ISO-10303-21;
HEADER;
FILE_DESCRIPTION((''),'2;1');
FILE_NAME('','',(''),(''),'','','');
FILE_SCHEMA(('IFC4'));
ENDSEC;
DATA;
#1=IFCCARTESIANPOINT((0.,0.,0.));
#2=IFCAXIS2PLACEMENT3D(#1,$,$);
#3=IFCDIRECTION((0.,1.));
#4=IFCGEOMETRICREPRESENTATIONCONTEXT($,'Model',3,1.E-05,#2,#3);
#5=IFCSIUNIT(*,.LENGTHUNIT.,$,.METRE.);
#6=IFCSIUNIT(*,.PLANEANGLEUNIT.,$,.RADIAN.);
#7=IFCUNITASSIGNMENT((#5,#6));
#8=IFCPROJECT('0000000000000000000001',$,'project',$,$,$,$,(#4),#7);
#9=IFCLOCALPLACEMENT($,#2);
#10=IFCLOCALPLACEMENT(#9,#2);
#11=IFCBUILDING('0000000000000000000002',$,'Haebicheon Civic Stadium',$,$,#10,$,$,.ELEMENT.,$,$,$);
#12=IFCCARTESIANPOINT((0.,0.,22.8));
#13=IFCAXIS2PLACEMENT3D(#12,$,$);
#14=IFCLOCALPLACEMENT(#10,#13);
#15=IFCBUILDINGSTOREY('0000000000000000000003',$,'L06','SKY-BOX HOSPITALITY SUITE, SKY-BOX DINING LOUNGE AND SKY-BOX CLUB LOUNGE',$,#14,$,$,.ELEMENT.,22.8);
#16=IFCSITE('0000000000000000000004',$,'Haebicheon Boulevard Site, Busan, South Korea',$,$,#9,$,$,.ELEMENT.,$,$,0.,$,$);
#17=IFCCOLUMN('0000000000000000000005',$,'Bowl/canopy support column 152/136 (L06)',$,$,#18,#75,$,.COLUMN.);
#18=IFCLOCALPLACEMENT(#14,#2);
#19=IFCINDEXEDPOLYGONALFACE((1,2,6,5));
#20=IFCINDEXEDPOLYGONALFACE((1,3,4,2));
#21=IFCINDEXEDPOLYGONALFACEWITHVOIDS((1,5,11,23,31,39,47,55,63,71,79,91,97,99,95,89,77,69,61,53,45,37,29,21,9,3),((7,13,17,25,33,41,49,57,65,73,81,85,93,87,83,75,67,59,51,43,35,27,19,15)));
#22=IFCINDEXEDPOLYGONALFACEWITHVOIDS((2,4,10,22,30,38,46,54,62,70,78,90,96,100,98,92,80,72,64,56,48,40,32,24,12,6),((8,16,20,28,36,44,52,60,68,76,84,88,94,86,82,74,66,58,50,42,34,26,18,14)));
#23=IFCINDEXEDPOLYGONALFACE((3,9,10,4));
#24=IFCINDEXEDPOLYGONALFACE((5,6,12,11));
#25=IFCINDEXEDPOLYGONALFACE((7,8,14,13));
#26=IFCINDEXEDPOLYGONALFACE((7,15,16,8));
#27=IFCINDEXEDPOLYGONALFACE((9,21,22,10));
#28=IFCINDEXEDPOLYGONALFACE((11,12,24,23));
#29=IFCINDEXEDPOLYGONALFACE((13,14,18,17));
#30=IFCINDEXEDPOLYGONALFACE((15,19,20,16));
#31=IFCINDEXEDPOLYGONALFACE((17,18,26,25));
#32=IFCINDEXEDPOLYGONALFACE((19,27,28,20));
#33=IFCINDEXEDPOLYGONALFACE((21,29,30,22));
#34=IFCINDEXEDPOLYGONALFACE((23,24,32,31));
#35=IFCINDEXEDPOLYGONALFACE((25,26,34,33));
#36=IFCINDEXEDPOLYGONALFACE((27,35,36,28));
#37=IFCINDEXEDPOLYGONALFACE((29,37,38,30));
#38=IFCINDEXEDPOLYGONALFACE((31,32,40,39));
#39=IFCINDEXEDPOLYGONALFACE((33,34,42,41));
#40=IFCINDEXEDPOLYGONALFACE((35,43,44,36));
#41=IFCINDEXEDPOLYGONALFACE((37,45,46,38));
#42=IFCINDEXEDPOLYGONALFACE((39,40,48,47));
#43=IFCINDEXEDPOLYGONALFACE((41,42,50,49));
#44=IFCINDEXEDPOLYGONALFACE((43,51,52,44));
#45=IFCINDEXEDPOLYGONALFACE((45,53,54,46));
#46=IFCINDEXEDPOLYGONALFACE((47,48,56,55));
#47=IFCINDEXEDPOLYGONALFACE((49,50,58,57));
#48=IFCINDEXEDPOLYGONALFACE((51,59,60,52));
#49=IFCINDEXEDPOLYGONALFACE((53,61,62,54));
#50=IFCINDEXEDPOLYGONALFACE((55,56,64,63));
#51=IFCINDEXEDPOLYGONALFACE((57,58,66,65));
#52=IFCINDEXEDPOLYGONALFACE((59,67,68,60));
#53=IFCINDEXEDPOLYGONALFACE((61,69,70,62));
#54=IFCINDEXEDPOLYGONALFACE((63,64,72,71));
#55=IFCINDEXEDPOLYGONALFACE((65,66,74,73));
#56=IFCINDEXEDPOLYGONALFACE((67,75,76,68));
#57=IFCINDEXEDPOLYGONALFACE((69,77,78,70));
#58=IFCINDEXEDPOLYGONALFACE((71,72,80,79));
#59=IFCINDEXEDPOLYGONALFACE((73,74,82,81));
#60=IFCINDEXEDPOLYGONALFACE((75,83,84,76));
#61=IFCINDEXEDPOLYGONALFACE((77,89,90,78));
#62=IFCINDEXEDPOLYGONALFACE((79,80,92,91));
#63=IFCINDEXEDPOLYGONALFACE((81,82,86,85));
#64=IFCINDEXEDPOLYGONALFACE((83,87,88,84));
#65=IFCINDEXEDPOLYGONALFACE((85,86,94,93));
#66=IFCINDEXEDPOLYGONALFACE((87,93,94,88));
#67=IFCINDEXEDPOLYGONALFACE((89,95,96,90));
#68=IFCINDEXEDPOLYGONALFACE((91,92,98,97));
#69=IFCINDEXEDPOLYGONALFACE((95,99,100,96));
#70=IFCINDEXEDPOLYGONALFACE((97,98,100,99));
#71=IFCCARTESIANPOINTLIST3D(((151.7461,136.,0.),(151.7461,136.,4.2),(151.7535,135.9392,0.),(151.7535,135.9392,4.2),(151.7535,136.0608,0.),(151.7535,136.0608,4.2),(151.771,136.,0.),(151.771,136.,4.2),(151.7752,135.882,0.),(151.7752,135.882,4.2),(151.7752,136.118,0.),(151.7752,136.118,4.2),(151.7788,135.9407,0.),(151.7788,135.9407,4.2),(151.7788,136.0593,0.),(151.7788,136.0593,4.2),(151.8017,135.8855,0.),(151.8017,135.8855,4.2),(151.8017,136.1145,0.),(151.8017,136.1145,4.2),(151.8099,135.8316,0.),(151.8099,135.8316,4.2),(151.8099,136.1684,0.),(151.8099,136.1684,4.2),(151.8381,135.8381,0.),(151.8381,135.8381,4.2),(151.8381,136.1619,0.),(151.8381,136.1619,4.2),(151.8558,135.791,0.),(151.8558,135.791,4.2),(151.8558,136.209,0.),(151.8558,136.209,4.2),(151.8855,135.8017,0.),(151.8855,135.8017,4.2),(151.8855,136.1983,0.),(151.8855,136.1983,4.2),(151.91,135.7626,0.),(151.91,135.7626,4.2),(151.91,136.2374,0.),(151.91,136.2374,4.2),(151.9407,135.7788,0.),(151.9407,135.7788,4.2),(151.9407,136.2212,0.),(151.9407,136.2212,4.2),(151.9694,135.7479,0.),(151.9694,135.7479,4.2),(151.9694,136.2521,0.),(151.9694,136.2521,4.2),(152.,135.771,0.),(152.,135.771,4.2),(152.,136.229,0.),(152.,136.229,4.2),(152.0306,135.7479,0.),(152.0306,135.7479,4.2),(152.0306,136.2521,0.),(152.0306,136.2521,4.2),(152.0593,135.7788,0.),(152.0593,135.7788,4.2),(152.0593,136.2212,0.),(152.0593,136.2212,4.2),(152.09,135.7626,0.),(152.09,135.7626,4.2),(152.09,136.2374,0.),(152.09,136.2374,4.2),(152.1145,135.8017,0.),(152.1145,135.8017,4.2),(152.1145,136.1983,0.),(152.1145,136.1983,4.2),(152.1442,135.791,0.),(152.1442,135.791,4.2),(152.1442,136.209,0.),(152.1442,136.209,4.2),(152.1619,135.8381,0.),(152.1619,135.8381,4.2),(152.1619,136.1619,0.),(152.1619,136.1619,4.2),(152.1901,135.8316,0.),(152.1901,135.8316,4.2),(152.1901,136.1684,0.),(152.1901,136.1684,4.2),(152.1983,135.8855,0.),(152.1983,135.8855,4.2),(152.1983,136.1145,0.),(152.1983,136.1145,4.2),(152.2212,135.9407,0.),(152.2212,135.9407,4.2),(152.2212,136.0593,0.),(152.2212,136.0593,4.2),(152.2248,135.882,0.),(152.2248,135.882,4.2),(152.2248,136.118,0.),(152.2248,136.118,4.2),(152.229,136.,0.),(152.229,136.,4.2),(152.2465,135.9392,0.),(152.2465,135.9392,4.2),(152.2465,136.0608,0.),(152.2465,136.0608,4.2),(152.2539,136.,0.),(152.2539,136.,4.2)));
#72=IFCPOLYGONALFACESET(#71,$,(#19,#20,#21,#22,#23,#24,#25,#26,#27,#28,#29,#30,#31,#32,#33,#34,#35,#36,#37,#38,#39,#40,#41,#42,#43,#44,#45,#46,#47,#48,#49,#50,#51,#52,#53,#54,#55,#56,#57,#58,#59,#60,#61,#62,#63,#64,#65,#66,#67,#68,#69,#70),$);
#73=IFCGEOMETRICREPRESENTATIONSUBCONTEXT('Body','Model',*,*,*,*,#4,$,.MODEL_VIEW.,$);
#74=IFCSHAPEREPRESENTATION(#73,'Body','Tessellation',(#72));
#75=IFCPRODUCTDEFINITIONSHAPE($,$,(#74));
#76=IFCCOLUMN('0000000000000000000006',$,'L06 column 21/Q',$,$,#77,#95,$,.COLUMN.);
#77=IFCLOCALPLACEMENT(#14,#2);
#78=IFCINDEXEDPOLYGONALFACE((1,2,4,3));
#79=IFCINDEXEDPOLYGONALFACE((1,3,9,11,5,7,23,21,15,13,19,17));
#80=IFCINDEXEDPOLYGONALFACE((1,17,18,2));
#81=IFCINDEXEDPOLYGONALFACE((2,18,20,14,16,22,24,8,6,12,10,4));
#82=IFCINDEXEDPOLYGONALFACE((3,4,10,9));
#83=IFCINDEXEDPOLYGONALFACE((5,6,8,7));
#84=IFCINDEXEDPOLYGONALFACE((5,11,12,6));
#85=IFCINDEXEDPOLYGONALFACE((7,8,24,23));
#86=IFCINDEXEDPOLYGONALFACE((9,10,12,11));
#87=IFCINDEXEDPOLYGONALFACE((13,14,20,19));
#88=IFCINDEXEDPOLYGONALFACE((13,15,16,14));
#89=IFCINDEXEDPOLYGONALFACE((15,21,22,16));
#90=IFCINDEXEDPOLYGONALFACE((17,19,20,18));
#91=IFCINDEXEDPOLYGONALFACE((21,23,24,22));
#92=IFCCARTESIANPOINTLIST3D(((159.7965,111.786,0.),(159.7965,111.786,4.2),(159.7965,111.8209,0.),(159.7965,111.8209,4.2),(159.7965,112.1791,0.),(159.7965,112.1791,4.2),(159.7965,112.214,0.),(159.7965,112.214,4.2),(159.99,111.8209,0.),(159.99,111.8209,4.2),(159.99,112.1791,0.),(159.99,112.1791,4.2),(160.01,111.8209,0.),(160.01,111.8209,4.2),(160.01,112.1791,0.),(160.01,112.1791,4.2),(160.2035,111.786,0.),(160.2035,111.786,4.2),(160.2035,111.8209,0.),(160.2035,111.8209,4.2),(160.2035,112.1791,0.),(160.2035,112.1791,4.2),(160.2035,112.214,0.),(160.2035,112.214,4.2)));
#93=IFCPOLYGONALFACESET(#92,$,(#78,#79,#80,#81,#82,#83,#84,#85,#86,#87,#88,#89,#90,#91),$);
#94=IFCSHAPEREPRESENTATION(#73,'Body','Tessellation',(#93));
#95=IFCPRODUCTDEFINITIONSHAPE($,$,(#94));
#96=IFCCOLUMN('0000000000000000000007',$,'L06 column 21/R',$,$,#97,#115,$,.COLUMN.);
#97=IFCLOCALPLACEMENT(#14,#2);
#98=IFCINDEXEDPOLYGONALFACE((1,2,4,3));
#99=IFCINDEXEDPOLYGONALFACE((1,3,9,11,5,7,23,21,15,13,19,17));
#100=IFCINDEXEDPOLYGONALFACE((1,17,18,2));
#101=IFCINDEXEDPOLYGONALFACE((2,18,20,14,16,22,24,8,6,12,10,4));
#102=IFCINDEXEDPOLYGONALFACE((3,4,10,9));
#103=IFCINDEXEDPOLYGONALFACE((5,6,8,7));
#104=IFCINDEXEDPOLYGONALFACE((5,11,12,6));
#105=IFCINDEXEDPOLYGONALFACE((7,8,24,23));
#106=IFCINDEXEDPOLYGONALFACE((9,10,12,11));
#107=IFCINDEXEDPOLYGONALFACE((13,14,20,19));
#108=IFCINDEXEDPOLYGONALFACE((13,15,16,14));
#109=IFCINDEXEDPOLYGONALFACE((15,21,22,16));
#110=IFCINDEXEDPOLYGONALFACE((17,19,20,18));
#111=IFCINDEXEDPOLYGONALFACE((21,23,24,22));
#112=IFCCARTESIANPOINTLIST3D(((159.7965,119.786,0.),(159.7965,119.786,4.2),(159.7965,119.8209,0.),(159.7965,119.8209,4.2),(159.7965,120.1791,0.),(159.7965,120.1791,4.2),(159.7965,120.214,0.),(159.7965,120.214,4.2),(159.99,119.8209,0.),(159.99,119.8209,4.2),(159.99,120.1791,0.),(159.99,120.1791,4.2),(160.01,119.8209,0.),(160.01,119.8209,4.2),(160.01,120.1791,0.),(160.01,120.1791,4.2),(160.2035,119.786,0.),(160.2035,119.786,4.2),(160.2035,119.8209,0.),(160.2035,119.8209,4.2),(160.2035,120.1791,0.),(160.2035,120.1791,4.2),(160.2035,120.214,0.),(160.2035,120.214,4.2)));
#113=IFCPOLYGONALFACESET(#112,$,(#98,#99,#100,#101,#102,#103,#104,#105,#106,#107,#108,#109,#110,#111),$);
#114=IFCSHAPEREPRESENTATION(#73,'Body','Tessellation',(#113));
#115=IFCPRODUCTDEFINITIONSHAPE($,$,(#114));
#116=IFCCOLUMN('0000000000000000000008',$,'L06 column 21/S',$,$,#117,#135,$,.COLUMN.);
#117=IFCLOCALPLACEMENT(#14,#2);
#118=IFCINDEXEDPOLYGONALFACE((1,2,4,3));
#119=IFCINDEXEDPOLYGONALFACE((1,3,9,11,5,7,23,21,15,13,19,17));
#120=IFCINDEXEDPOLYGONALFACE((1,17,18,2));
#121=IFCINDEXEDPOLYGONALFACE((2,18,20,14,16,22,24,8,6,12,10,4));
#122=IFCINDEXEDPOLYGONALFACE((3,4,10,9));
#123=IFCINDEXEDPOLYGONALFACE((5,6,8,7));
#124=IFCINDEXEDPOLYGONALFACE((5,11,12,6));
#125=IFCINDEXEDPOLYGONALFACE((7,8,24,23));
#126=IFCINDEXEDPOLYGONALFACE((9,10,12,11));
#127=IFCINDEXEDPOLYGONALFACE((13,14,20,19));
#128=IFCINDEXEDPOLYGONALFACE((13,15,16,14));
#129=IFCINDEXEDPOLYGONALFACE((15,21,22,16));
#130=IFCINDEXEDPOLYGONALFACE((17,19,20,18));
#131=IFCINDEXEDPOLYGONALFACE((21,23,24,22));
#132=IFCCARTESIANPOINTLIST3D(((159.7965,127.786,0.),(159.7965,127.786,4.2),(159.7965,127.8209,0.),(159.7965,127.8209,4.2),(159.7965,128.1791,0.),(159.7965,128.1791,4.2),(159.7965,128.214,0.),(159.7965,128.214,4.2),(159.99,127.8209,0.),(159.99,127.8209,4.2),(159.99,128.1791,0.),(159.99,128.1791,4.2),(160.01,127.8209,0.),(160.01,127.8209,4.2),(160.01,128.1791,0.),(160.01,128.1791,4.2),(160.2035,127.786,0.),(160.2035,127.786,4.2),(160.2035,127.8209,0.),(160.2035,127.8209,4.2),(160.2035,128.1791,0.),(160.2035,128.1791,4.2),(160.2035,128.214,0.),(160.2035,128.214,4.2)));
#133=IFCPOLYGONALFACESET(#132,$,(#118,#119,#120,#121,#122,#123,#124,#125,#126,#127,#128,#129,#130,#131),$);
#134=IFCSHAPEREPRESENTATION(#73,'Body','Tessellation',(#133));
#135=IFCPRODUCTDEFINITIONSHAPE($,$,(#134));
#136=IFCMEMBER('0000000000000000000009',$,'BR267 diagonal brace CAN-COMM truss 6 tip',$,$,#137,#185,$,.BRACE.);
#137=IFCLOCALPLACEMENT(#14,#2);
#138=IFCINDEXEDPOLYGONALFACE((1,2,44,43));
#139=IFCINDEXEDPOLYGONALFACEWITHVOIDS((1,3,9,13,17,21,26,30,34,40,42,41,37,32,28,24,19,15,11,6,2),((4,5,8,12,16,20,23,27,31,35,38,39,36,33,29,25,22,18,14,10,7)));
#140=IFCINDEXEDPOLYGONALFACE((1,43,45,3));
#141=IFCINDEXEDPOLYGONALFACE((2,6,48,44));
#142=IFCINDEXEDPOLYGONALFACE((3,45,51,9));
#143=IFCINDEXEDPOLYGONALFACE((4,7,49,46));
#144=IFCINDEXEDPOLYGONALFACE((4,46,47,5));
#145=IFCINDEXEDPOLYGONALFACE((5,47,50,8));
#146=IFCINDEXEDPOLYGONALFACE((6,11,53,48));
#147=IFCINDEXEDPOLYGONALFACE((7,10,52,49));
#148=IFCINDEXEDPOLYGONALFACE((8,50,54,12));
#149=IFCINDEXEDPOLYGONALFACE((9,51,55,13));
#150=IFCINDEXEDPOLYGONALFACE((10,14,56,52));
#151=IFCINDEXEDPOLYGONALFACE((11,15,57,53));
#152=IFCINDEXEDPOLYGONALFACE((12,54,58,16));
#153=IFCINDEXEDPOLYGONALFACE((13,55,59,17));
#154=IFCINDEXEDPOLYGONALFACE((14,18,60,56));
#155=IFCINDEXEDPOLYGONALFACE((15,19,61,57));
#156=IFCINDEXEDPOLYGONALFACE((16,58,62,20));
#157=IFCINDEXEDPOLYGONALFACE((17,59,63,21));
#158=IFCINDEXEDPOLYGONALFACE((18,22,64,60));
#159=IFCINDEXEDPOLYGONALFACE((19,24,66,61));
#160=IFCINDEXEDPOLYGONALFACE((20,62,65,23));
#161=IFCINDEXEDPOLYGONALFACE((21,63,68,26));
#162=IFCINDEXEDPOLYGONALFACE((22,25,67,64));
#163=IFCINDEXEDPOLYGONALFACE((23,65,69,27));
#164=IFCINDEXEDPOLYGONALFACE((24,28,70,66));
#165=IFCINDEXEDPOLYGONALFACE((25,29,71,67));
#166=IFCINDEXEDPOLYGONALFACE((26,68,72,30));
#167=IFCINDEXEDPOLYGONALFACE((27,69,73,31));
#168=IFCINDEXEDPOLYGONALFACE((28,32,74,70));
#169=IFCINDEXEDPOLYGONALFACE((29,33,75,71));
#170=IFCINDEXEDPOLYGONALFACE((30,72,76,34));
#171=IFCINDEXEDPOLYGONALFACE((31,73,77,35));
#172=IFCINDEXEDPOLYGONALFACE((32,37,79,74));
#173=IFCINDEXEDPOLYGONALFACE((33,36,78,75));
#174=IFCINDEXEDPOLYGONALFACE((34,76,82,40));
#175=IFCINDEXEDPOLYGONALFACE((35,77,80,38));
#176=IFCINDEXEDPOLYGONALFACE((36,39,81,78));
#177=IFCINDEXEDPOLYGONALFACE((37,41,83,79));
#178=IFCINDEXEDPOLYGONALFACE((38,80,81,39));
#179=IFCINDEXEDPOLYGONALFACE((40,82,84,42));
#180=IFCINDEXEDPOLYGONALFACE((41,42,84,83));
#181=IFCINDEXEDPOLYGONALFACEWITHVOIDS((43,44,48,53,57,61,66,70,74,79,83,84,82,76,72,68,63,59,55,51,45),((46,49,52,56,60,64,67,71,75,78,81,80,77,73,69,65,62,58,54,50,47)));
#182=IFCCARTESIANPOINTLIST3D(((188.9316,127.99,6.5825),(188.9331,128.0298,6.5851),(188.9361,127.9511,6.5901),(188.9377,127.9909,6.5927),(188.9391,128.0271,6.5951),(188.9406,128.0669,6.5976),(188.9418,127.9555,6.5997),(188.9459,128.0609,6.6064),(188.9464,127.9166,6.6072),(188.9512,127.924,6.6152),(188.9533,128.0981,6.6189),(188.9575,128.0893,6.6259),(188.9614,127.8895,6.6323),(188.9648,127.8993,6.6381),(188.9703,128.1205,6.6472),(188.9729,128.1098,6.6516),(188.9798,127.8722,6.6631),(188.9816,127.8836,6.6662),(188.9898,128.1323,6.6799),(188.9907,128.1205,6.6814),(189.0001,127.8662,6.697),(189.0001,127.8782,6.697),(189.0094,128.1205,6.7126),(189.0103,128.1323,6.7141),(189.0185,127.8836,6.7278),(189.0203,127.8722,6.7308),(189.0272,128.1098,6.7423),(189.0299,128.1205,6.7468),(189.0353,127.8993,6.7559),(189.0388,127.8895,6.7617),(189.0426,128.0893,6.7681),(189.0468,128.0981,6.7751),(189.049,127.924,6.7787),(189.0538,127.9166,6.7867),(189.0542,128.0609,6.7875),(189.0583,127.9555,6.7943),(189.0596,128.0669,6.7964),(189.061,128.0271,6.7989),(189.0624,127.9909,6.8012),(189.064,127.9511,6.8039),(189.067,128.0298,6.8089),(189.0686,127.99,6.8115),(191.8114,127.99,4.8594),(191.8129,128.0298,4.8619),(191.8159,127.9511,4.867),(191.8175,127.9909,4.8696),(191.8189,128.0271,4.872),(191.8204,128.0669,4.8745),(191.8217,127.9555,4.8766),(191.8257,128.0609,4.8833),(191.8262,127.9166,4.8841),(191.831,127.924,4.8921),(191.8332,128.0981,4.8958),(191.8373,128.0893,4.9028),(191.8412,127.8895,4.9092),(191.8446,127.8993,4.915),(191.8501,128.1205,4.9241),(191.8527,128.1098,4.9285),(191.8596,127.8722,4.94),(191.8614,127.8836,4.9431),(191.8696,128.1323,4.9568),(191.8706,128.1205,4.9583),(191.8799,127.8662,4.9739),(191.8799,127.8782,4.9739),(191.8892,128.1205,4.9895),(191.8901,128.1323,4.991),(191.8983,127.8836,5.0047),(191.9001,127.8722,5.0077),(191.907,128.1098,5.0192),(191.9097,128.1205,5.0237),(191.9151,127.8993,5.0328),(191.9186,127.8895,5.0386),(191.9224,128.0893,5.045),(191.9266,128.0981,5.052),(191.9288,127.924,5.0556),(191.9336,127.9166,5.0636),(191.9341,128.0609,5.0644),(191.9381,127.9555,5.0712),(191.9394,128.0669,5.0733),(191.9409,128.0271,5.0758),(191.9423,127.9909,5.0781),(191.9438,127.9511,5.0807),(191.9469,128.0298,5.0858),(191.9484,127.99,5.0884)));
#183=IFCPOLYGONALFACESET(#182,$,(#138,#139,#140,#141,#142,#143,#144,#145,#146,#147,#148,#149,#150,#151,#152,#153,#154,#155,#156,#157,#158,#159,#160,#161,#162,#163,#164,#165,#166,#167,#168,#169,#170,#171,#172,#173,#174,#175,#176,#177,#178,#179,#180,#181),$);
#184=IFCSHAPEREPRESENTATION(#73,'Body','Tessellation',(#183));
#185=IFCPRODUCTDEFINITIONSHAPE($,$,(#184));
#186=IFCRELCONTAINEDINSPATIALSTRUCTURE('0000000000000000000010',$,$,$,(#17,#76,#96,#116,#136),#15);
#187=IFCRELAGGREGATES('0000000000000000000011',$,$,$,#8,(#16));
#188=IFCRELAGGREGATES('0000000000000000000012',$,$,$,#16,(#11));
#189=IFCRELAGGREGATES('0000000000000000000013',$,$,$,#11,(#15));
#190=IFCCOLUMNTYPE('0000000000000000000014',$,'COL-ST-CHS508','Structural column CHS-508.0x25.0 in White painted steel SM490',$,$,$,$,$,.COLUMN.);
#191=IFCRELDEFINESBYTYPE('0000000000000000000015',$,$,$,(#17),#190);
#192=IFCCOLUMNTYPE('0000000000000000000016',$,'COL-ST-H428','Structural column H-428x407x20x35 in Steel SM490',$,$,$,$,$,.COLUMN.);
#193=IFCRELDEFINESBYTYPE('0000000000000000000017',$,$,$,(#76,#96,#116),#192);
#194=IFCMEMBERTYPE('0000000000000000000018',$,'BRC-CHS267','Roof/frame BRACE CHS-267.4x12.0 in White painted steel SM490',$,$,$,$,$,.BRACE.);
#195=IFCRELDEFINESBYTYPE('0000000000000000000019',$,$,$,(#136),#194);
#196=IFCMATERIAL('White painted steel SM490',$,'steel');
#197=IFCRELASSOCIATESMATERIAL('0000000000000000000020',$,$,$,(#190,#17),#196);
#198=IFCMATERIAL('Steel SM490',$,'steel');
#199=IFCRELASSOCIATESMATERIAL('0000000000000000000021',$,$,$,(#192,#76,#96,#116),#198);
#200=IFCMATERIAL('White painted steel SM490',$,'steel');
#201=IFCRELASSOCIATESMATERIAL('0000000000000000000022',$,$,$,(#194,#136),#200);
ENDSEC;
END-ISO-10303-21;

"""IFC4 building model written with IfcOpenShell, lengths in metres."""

from ifc_helpers import new_model, si_unit, direction, frame, origin, origin_2d, place, context, subcontext, project, spatial, hollow_circle, i_section, extrude, material, material_profile, profile_set, type_object, element, save


model = new_model("IFC4")

# Units and contexts
model_context = context("Model", 3, precision=1e-05, world=origin(), true_north=direction((0.0, 1.0)))
body_context = subcontext(model_context, "Body", "Model", "MODEL_VIEW")
ifc_project = project(units=[si_unit("LENGTHUNIT", "METRE"), si_unit("PLANEANGLEUNIT", "RADIAN")], contexts=[model_context])

# Site, building, storey
site_placement = place(None, origin())
site = spatial("IfcSite", under=ifc_project, at=site_placement, Name="Haebicheon Boulevard Site, Busan, South Korea", CompositionType="ELEMENT", RefElevation=0.0)
building_placement = place(site_placement, origin())
building = spatial("IfcBuilding", under=site, at=building_placement, Name="Haebicheon Civic Stadium", CompositionType="ELEMENT")
storey_placement = place(building_placement, frame((0.0, 0.0, 22.8)))
storey = spatial("IfcBuildingStorey", under=building, at=storey_placement, Name="L06", Description="SKY-BOX HOSPITALITY SUITE, SKY-BOX DINING LOUNGE AND SKY-BOX CLUB LOUNGE", CompositionType="ELEMENT", Elevation=22.8)

# Columns
ifc_material_1 = material(Name="White painted steel SM490", Category="steel")
ifc_material_profile_1 = material_profile(ifc_material_1, hollow_circle(Radius=0.2539, WallThickness=0.0249, at=origin_2d()), Name="CHS-508.0x25.0")
ifc_profile_set_1 = profile_set([ifc_material_profile_1], Name="White painted steel SM490")
column_type_1 = type_object("IfcColumnType", Name="COL-ST-CHS508", Description="Structural column CHS-508.0x25.0 in White painted steel SM490", PredefinedType="COLUMN", material=ifc_profile_set_1)
column_placement = place(storey_placement, frame((152.0, 136.0, 0.0), z_axis=(0.0, 0.0, 1.0), x_axis=(1.0, 0.0, 0.0)))
element("IfcColumn", 1, at=column_placement, inside=storey, type_object=column_type_1, material=ifc_profile_set_1, Name="Bowl/canopy support column 152/136 (L06)", PredefinedType="COLUMN", context=body_context, shape_type="SweptSolid", body=[
    extrude(hollow_circle(Radius=0.2539, WallThickness=0.0249, at=origin_2d()), origin(), (0.0, 0.0, 1.0), 4.2),
])
ifc_material_2 = material(Name="Steel SM490", Category="steel")
ifc_material_profile_2 = material_profile(ifc_material_2, i_section(OverallWidth=0.407, OverallDepth=0.428, WebThickness=0.02, FlangeThickness=0.0349, at=origin_2d()), Name="H-428x407x20x35")
ifc_profile_set_2 = profile_set([ifc_material_profile_2], Name="Steel SM490")
column_type_2 = type_object("IfcColumnType", Name="COL-ST-H428", Description="Structural column H-428x407x20x35 in Steel SM490", PredefinedType="COLUMN", material=ifc_profile_set_2)
for number, where, z_axis, x_axis, name in (
    (2, (160.0, 112.0, 0.0), (0.0, 0.0, 1.0), (1.0, 0.0, 0.0), "L06 column 21/Q"),
    (3, (160.0, 120.0, 0.0), (0.0, 0.0, 1.0), (1.0, 0.0, 0.0), "L06 column 21/R"),
    (4, (160.0, 128.0, 0.0), (0.0, 0.0, 1.0), (1.0, 0.0, 0.0), "L06 column 21/S"),
):
    element("IfcColumn", number, at=place(storey_placement, frame(where, z_axis=z_axis, x_axis=x_axis)), inside=storey, type_object=column_type_2, material=ifc_profile_set_2, Name=name, PredefinedType="COLUMN", context=body_context, shape_type="SweptSolid", body=[
        extrude(i_section(OverallWidth=0.407, OverallDepth=0.428, WebThickness=0.02, FlangeThickness=0.0349, at=origin_2d()), origin(), (0.0, 0.0, 1.0), 4.2),
    ])

# Member
ifc_material_3 = material(Name="White painted steel SM490", Category="steel")
ifc_material_profile_3 = material_profile(ifc_material_3, hollow_circle(Radius=0.1338, WallThickness=0.012, at=origin_2d()), Name="CHS-267.4x12.0")
ifc_profile_set_3 = profile_set([ifc_material_profile_3], Name="White painted steel SM490")
member_type = type_object("IfcMemberType", Name="BRC-CHS267", Description="Roof/frame BRACE CHS-267.4x12.0 in White painted steel SM490", PredefinedType="BRACE", material=ifc_profile_set_3)
member_placement = place(storey_placement, frame((191.8799, 128.0, 4.9739), z_axis=(-0.858121, 0.0, 0.513447), x_axis=(0.0, -1.0, 0.0)))
element("IfcMember", 5, at=member_placement, inside=storey, type_object=member_type, material=ifc_profile_set_3, Name="BR267 diagonal brace CAN-COMM truss 6 tip", PredefinedType="BRACE", context=body_context, shape_type="SweptSolid", body=[
    extrude(hollow_circle(Radius=0.1338, WallThickness=0.012, at=origin_2d()), origin(), (0.0, 0.0, 1.0), 3.356),
])

save(model, "model.ifc")
